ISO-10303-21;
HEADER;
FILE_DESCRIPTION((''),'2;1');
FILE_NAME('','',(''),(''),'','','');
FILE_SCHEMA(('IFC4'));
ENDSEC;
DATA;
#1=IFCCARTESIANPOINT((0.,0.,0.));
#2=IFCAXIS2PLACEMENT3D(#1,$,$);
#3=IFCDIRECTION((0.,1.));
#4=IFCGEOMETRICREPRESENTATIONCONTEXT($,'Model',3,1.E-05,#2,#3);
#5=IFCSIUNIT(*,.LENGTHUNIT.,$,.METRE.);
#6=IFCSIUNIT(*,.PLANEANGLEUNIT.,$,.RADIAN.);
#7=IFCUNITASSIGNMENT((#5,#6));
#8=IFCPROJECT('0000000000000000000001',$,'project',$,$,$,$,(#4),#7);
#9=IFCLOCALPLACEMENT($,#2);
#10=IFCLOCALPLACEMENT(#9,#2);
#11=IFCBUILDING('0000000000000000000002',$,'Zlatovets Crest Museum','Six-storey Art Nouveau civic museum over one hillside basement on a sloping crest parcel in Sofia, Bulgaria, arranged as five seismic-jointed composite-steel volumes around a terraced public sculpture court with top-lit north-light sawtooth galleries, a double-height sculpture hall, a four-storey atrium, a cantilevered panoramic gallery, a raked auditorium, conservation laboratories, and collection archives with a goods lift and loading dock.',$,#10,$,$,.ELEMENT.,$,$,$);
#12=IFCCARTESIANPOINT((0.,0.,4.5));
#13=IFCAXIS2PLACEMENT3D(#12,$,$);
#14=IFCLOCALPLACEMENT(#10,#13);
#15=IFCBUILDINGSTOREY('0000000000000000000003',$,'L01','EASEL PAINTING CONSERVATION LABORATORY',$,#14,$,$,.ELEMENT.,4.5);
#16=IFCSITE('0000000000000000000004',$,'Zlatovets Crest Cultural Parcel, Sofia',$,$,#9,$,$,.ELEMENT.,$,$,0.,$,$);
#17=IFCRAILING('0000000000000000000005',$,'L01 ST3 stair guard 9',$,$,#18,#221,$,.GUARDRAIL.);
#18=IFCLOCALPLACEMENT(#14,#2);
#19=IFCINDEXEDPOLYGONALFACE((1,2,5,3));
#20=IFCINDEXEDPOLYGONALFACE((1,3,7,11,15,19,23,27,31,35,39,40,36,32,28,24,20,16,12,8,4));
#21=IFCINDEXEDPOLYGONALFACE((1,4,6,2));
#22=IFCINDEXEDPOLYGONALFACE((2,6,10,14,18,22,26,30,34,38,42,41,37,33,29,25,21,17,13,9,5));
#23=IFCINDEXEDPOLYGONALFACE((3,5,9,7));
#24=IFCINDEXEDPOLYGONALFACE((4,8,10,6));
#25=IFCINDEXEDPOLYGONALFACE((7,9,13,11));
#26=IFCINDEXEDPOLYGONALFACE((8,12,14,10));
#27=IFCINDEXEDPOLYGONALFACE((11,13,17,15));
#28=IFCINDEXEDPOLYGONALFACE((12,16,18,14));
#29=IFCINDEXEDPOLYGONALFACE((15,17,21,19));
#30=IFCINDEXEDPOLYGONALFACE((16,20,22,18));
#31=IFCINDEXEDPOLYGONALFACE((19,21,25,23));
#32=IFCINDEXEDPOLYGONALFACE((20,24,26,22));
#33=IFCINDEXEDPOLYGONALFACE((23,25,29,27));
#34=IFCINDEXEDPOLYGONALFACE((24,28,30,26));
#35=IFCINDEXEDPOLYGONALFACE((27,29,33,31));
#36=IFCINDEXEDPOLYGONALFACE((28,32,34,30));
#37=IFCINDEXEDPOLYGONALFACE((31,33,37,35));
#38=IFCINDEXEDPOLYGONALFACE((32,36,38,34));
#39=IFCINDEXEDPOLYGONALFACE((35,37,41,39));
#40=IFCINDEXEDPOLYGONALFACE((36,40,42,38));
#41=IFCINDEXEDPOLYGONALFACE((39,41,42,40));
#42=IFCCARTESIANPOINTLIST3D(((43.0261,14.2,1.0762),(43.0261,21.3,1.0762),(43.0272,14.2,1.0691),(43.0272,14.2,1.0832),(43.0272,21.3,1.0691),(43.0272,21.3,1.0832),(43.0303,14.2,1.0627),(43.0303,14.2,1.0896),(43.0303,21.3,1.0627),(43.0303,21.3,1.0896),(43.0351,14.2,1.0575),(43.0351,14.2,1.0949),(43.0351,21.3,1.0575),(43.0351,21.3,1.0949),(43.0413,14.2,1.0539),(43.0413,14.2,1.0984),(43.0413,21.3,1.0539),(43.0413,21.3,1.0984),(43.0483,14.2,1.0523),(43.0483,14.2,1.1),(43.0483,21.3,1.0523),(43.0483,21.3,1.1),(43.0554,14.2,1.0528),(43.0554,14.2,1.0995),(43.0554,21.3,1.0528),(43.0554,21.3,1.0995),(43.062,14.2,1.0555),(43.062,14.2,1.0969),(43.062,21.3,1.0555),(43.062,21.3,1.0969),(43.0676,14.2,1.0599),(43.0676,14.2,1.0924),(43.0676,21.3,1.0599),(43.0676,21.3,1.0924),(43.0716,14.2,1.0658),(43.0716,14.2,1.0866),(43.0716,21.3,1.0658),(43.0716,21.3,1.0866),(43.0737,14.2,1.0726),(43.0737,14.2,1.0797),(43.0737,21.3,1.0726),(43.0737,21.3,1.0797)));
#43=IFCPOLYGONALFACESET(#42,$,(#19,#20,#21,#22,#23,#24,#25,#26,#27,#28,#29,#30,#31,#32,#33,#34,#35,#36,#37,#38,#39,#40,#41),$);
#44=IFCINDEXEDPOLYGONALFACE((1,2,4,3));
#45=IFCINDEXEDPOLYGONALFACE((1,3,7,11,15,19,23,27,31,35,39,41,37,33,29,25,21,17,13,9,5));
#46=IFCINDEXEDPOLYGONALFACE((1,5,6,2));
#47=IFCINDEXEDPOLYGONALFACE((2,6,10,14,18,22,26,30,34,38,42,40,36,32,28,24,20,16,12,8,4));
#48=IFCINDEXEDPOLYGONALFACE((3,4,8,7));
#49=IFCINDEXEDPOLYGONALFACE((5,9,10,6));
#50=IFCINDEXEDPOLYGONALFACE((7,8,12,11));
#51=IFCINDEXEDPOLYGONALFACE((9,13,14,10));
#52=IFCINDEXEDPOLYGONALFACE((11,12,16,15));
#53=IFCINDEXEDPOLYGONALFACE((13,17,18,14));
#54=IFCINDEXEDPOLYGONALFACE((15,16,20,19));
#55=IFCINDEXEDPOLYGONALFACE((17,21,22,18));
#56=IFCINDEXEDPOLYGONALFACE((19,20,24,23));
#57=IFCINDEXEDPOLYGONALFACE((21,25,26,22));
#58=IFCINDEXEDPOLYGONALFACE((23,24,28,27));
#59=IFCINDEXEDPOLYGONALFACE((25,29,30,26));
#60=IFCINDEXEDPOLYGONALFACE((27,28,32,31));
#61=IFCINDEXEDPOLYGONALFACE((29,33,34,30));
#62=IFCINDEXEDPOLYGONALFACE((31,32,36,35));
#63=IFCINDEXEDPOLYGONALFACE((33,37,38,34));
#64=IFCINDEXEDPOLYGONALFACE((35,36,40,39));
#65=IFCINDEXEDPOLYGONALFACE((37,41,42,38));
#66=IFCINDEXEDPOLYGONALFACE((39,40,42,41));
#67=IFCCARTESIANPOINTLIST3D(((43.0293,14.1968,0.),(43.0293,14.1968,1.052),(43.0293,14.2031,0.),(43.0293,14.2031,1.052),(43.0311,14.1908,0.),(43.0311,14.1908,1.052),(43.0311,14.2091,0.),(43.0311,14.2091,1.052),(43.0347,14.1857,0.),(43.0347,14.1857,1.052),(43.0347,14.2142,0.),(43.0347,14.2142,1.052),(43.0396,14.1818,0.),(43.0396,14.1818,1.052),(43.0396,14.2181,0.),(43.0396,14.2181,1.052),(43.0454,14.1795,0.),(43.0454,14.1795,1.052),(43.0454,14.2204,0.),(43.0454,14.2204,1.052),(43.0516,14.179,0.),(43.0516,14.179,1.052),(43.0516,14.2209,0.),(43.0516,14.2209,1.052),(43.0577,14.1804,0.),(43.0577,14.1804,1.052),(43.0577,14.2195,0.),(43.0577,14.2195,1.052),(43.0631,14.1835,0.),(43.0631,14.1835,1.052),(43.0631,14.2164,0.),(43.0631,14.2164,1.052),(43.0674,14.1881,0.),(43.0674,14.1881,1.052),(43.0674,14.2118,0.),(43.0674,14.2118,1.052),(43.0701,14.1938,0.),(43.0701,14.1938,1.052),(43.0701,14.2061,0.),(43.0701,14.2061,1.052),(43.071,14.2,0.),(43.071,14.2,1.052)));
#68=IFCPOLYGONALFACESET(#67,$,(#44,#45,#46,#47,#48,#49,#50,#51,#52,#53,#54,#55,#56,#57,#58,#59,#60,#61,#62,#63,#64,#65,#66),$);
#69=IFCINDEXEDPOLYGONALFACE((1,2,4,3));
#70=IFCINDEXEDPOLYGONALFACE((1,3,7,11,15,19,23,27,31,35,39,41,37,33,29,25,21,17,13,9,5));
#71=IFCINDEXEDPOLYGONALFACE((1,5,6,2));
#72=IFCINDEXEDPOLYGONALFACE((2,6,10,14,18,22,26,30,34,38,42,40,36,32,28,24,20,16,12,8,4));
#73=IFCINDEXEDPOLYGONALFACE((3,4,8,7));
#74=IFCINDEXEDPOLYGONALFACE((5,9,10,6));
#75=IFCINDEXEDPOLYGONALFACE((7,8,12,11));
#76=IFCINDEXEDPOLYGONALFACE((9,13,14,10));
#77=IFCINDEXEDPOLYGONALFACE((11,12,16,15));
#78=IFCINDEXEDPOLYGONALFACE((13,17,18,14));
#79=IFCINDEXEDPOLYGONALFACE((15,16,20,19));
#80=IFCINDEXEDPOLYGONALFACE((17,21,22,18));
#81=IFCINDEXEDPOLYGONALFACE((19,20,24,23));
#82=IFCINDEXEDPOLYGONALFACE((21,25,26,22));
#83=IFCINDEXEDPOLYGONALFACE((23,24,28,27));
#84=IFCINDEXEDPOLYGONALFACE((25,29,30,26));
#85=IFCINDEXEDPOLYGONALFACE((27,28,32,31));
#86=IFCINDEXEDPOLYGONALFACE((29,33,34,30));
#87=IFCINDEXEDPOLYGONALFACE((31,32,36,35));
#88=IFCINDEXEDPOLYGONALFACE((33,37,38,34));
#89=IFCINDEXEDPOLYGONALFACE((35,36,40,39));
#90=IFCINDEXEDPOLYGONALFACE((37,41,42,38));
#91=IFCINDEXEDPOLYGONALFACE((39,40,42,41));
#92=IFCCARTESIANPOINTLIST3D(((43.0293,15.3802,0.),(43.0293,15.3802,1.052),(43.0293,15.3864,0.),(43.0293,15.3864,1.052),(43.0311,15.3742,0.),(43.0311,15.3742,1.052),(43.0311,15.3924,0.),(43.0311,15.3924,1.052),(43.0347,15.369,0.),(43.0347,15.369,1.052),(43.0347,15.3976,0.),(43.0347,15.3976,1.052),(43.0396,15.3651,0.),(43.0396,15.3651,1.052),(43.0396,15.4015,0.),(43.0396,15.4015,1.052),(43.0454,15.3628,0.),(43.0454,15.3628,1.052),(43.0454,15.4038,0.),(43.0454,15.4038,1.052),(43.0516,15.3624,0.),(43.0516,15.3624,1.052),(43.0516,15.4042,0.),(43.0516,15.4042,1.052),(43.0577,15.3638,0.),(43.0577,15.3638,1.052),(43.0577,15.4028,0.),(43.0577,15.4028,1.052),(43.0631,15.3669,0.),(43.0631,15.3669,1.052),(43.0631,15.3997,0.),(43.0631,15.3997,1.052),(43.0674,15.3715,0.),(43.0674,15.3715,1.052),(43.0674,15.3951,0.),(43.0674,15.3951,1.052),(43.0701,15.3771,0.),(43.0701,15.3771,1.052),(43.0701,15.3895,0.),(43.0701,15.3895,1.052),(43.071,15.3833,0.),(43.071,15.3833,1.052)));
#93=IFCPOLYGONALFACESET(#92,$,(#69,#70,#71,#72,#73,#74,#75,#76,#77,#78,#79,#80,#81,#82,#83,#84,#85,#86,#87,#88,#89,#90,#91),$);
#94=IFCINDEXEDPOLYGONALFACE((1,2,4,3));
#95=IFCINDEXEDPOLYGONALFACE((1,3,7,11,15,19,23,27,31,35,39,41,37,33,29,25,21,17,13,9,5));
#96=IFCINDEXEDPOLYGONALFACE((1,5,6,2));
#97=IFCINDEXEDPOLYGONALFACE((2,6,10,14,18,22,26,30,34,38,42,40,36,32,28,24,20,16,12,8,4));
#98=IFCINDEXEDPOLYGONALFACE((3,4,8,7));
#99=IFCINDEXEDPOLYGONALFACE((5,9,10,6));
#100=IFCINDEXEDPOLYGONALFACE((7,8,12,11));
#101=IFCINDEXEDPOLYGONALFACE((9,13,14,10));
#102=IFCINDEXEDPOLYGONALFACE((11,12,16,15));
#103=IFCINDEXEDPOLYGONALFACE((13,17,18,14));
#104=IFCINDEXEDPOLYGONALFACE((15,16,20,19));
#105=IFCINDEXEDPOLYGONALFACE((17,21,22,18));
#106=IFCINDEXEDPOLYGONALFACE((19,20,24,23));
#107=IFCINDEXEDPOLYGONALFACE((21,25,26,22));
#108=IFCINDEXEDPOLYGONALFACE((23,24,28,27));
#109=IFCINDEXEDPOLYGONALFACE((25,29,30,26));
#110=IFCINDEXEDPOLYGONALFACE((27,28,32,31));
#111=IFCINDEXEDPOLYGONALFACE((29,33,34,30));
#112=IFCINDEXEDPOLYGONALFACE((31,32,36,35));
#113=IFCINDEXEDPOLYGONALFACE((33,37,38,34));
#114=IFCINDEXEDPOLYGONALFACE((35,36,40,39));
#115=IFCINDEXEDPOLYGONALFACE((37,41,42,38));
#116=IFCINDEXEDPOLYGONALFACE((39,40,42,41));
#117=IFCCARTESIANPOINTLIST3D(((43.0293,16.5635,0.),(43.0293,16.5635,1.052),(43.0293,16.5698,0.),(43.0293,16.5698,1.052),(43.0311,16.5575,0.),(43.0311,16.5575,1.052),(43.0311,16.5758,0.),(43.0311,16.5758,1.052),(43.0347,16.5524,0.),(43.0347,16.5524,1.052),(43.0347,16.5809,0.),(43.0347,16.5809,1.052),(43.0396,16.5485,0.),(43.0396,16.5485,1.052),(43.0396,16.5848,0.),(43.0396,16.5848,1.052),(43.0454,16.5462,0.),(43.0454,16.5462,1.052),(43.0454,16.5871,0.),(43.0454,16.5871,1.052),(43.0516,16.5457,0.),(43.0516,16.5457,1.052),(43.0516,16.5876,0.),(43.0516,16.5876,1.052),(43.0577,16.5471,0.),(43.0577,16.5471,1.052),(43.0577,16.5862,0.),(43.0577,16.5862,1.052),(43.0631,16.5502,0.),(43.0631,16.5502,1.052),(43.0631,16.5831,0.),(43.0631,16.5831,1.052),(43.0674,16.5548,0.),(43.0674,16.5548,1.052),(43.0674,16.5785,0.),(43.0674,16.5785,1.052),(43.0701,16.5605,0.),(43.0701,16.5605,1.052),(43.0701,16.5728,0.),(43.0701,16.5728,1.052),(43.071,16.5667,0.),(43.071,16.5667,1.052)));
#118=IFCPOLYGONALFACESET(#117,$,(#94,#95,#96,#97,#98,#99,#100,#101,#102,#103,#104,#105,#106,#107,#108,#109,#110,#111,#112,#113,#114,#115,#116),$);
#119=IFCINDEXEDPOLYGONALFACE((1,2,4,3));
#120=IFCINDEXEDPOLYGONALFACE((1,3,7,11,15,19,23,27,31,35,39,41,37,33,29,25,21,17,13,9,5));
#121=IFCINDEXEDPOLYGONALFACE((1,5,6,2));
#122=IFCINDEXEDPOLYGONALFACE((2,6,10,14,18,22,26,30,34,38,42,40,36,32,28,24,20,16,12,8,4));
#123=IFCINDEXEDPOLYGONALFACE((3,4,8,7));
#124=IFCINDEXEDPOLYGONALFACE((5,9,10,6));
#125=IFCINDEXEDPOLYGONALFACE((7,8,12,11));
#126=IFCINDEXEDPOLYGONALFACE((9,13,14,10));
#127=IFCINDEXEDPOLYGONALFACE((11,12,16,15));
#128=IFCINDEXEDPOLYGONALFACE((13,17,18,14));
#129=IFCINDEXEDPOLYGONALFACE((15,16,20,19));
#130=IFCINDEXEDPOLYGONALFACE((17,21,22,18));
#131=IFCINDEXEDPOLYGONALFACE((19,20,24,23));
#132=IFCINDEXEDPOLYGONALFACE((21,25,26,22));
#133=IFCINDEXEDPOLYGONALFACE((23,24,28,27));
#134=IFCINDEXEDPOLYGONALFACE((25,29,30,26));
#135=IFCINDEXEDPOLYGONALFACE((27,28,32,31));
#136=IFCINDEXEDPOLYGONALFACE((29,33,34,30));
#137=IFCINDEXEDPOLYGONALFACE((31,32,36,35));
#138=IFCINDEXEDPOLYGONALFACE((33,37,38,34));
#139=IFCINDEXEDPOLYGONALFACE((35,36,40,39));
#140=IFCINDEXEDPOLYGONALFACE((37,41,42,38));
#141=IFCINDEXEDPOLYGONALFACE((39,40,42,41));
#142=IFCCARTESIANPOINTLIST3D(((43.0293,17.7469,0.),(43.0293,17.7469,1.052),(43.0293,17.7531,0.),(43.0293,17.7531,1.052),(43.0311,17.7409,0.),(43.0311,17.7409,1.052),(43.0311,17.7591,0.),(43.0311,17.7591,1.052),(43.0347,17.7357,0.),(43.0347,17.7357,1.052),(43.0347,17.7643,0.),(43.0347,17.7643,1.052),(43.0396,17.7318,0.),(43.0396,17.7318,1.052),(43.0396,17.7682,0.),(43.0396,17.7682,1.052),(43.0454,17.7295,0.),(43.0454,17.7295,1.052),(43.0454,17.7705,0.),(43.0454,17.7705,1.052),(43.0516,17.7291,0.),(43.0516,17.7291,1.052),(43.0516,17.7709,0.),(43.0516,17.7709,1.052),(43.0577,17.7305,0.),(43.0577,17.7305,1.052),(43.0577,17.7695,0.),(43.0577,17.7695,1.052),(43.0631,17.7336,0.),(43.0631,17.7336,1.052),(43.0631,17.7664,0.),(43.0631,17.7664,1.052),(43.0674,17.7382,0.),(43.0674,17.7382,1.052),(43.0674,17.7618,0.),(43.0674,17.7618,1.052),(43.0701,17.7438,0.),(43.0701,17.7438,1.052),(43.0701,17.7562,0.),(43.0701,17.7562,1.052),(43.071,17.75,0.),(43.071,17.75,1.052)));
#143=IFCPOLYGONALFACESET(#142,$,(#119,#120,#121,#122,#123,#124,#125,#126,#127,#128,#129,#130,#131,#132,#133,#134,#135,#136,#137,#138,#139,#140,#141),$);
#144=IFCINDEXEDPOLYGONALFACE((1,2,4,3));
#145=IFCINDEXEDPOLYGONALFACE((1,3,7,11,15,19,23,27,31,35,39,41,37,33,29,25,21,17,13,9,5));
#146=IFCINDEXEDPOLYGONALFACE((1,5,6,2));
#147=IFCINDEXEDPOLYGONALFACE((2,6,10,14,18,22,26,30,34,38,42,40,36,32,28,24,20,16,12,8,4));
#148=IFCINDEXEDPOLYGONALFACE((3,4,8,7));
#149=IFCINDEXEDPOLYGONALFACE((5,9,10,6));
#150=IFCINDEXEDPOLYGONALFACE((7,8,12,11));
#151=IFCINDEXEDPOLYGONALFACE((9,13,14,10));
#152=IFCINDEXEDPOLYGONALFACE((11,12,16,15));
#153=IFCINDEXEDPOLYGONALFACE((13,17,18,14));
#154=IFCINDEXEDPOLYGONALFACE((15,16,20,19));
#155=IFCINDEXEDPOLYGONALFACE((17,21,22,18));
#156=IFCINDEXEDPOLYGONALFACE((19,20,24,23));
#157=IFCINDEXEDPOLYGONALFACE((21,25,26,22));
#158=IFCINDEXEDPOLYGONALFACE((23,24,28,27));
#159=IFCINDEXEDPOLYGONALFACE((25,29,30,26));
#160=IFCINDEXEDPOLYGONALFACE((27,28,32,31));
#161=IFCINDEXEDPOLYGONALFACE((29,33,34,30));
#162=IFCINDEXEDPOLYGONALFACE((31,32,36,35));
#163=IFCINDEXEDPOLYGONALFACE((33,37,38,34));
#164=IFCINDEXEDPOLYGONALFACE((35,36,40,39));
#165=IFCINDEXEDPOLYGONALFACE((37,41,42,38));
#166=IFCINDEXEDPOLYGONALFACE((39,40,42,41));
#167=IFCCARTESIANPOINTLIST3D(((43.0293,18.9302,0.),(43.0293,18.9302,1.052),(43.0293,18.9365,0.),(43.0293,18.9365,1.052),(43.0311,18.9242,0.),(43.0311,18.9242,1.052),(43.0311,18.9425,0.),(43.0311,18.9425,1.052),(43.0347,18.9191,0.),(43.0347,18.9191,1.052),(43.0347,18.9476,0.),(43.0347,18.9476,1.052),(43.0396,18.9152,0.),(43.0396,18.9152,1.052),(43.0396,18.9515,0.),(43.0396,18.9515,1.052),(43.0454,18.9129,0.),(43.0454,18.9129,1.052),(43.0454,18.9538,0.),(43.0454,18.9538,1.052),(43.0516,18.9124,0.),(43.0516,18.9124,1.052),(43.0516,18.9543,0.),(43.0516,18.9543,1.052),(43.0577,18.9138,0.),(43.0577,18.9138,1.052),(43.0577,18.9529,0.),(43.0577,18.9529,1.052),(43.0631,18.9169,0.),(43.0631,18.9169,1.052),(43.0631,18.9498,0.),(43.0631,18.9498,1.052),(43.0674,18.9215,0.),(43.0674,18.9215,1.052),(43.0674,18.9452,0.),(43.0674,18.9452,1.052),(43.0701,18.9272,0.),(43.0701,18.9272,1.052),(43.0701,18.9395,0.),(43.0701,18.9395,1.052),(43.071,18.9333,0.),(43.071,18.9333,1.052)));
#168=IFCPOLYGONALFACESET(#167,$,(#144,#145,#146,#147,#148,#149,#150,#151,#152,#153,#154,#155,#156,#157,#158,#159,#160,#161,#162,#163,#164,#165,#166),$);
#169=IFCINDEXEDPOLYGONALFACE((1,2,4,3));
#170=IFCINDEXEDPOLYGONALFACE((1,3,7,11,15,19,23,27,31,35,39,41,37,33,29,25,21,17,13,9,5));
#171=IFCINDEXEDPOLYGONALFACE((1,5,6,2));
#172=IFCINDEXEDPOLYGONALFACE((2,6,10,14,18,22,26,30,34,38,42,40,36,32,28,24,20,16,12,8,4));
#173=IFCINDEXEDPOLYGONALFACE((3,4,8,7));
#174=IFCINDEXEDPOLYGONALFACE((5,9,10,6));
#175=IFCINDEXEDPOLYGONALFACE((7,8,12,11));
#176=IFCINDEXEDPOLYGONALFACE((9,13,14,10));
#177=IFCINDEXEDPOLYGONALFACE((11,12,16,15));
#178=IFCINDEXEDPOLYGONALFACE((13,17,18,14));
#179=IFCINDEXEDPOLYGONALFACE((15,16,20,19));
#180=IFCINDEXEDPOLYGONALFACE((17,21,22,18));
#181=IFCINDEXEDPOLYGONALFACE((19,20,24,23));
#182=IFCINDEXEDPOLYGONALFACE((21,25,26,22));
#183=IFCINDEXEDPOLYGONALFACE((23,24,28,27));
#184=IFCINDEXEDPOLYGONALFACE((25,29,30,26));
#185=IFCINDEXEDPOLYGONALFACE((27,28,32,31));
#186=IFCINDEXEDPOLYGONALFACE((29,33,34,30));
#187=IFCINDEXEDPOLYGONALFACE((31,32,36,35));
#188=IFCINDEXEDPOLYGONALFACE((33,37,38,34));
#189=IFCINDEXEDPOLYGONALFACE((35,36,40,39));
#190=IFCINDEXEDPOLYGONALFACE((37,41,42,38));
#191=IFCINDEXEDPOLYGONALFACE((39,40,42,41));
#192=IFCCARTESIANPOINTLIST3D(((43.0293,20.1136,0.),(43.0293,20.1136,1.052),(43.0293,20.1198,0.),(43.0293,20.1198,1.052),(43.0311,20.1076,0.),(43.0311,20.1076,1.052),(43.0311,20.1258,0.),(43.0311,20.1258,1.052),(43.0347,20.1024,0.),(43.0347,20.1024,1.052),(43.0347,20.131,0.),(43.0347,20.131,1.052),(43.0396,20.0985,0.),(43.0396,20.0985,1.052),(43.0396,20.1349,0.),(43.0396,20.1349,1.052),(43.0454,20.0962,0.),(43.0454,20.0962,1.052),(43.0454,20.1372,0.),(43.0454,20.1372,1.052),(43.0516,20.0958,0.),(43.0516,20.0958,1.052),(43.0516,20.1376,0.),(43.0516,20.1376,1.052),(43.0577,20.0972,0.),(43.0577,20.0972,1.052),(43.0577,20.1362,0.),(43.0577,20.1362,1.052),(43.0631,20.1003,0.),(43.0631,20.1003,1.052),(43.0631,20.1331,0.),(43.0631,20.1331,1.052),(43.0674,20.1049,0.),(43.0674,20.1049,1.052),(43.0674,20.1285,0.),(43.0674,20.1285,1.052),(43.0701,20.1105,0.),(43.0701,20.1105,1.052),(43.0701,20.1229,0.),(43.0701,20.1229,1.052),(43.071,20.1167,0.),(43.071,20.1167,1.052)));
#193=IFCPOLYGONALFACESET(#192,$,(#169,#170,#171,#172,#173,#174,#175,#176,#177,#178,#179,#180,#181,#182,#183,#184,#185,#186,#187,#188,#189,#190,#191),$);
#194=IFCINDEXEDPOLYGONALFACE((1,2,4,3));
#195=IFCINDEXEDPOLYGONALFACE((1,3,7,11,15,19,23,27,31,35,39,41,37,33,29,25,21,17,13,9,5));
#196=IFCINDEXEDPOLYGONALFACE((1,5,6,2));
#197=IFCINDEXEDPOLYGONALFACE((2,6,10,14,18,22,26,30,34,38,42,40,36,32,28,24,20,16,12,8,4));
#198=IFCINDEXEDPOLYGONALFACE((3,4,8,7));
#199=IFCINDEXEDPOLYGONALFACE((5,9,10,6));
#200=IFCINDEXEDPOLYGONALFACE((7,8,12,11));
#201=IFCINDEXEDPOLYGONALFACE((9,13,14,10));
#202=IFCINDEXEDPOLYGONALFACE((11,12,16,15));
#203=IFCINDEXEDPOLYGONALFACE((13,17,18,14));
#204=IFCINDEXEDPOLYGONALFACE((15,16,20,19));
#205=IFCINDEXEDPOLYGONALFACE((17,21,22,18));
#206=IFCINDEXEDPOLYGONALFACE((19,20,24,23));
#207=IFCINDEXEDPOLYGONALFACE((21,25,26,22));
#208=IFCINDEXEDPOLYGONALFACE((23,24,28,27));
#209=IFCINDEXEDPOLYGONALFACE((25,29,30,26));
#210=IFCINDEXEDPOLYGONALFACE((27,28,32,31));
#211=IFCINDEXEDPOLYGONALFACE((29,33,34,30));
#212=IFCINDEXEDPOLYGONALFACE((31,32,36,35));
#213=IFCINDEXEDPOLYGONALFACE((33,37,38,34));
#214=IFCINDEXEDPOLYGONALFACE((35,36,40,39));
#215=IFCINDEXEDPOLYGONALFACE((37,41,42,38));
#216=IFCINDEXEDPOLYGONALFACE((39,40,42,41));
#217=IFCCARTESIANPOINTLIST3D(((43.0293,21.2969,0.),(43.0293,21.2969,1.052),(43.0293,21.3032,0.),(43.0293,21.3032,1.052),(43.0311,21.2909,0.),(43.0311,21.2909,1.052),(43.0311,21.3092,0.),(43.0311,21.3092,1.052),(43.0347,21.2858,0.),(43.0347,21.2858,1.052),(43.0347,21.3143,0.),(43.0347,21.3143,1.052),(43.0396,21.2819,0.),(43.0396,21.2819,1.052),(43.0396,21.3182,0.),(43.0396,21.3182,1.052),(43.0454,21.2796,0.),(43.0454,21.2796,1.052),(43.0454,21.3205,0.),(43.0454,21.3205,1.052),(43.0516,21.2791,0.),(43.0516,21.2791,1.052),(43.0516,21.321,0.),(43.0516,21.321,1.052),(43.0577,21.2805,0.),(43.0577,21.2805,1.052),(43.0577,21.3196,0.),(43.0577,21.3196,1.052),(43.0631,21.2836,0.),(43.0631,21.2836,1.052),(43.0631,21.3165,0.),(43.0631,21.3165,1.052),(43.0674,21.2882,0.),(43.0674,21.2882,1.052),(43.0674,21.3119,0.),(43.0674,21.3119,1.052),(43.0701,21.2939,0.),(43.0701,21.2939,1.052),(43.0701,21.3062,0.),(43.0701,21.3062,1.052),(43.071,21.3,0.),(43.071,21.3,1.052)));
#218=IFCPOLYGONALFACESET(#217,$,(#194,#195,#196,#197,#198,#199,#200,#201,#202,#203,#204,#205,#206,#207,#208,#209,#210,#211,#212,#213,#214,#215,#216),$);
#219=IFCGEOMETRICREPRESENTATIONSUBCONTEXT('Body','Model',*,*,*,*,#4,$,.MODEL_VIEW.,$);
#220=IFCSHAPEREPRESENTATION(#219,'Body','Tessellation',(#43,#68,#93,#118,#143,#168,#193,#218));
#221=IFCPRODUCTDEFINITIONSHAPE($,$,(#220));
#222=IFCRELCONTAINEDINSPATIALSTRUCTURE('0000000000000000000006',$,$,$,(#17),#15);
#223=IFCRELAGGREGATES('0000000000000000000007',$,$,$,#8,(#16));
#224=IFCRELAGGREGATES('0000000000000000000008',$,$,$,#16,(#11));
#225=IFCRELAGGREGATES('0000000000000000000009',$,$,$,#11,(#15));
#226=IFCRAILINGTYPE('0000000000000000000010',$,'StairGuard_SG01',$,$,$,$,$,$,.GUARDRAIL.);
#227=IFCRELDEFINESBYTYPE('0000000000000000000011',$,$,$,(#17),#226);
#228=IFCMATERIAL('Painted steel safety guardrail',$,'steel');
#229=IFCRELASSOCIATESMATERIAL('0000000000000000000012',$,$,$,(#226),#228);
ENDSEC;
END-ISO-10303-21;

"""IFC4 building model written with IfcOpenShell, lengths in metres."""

from ifc_helpers import new_model, si_unit, direction, frame, origin, origin_2d, place, context, subcontext, project, spatial, circle, extrude, material, type_object, element, save


model = new_model("IFC4")

# Units and contexts
model_context = context("Model", 3, precision=1e-05, world=origin(), true_north=direction((0.0, 1.0)))
body_context = subcontext(model_context, "Body", "Model", "MODEL_VIEW")
ifc_project = project(units=[si_unit("LENGTHUNIT", "METRE"), si_unit("PLANEANGLEUNIT", "RADIAN")], contexts=[model_context])

# Site, building, storey
site_placement = place(None, origin())
site = spatial("IfcSite", under=ifc_project, at=site_placement, Name="Zlatovets Crest Cultural Parcel, Sofia", CompositionType="ELEMENT", RefElevation=0.0)
building_placement = place(site_placement, origin())
building = spatial("IfcBuilding", under=site, at=building_placement, Name="Zlatovets Crest Museum", Description="Six-storey Art Nouveau civic museum over one hillside basement on a sloping crest parcel in Sofia, Bulgaria, arranged as five seismic-jointed composite-steel volumes around a terraced public sculpture court with top-lit north-light sawtooth galleries, a double-height sculpture hall, a four-storey atrium, a cantilevered panoramic gallery, a raked auditorium, conservation laboratories, and collection archives with a goods lift and loading dock.", CompositionType="ELEMENT")
storey_placement = place(building_placement, frame((0.0, 0.0, 4.5)))
storey = spatial("IfcBuildingStorey", under=building, at=storey_placement, Name="L01", Description="EASEL PAINTING CONSERVATION LABORATORY", CompositionType="ELEMENT", Elevation=4.5)

# Railing
ifc_material_1 = material(Name="Painted steel safety guardrail", Category="steel")
railing_type_1 = type_object("IfcRailingType", Name="StairGuard_SG01", PredefinedType="GUARDRAIL", material=ifc_material_1)
railing_1_placement = place(storey_placement, frame((43.05, 14.2, 0.0)))
element("IfcRailing", 1, at=railing_1_placement, inside=storey, type_object=railing_type_1, Name="L01 ST3 stair guard 9", PredefinedType="GUARDRAIL", context=body_context, shape_type="SweptSolid", body=[
    extrude(circle(Radius=0.0239, at=origin_2d()), frame((0.0, 0.0, 1.0762), z_axis=(0.0, 1.0, 0.0), x_axis=(-1.0, 0.0, 0.0)), (0.0, 0.0, 1.0), 7.1001),
    extrude(circle(Radius=0.021, at=origin_2d()), origin(), (0.0, 0.0, 1.0), 1.052),
    extrude(circle(Radius=0.021, at=origin_2d()), frame((0.0, 1.1833, 0.0)), (0.0, 0.0, 1.0), 1.052),
    extrude(circle(Radius=0.021, at=origin_2d()), frame((0.0, 2.3667, 0.0)), (0.0, 0.0, 1.0), 1.052),
    extrude(circle(Radius=0.021, at=origin_2d()), frame((0.0, 3.55, 0.0)), (0.0, 0.0, 1.0), 1.052),
    extrude(circle(Radius=0.021, at=origin_2d()), frame((0.0, 4.7334, 0.0)), (0.0, 0.0, 1.0), 1.052),
    extrude(circle(Radius=0.021, at=origin_2d()), frame((0.0, 5.9167, 0.0)), (0.0, 0.0, 1.0), 1.052),
    extrude(circle(Radius=0.021, at=origin_2d()), frame((0.0, 7.1001, 0.0)), (0.0, 0.0, 1.0), 1.052),
])

save(model, "model.ifc")
